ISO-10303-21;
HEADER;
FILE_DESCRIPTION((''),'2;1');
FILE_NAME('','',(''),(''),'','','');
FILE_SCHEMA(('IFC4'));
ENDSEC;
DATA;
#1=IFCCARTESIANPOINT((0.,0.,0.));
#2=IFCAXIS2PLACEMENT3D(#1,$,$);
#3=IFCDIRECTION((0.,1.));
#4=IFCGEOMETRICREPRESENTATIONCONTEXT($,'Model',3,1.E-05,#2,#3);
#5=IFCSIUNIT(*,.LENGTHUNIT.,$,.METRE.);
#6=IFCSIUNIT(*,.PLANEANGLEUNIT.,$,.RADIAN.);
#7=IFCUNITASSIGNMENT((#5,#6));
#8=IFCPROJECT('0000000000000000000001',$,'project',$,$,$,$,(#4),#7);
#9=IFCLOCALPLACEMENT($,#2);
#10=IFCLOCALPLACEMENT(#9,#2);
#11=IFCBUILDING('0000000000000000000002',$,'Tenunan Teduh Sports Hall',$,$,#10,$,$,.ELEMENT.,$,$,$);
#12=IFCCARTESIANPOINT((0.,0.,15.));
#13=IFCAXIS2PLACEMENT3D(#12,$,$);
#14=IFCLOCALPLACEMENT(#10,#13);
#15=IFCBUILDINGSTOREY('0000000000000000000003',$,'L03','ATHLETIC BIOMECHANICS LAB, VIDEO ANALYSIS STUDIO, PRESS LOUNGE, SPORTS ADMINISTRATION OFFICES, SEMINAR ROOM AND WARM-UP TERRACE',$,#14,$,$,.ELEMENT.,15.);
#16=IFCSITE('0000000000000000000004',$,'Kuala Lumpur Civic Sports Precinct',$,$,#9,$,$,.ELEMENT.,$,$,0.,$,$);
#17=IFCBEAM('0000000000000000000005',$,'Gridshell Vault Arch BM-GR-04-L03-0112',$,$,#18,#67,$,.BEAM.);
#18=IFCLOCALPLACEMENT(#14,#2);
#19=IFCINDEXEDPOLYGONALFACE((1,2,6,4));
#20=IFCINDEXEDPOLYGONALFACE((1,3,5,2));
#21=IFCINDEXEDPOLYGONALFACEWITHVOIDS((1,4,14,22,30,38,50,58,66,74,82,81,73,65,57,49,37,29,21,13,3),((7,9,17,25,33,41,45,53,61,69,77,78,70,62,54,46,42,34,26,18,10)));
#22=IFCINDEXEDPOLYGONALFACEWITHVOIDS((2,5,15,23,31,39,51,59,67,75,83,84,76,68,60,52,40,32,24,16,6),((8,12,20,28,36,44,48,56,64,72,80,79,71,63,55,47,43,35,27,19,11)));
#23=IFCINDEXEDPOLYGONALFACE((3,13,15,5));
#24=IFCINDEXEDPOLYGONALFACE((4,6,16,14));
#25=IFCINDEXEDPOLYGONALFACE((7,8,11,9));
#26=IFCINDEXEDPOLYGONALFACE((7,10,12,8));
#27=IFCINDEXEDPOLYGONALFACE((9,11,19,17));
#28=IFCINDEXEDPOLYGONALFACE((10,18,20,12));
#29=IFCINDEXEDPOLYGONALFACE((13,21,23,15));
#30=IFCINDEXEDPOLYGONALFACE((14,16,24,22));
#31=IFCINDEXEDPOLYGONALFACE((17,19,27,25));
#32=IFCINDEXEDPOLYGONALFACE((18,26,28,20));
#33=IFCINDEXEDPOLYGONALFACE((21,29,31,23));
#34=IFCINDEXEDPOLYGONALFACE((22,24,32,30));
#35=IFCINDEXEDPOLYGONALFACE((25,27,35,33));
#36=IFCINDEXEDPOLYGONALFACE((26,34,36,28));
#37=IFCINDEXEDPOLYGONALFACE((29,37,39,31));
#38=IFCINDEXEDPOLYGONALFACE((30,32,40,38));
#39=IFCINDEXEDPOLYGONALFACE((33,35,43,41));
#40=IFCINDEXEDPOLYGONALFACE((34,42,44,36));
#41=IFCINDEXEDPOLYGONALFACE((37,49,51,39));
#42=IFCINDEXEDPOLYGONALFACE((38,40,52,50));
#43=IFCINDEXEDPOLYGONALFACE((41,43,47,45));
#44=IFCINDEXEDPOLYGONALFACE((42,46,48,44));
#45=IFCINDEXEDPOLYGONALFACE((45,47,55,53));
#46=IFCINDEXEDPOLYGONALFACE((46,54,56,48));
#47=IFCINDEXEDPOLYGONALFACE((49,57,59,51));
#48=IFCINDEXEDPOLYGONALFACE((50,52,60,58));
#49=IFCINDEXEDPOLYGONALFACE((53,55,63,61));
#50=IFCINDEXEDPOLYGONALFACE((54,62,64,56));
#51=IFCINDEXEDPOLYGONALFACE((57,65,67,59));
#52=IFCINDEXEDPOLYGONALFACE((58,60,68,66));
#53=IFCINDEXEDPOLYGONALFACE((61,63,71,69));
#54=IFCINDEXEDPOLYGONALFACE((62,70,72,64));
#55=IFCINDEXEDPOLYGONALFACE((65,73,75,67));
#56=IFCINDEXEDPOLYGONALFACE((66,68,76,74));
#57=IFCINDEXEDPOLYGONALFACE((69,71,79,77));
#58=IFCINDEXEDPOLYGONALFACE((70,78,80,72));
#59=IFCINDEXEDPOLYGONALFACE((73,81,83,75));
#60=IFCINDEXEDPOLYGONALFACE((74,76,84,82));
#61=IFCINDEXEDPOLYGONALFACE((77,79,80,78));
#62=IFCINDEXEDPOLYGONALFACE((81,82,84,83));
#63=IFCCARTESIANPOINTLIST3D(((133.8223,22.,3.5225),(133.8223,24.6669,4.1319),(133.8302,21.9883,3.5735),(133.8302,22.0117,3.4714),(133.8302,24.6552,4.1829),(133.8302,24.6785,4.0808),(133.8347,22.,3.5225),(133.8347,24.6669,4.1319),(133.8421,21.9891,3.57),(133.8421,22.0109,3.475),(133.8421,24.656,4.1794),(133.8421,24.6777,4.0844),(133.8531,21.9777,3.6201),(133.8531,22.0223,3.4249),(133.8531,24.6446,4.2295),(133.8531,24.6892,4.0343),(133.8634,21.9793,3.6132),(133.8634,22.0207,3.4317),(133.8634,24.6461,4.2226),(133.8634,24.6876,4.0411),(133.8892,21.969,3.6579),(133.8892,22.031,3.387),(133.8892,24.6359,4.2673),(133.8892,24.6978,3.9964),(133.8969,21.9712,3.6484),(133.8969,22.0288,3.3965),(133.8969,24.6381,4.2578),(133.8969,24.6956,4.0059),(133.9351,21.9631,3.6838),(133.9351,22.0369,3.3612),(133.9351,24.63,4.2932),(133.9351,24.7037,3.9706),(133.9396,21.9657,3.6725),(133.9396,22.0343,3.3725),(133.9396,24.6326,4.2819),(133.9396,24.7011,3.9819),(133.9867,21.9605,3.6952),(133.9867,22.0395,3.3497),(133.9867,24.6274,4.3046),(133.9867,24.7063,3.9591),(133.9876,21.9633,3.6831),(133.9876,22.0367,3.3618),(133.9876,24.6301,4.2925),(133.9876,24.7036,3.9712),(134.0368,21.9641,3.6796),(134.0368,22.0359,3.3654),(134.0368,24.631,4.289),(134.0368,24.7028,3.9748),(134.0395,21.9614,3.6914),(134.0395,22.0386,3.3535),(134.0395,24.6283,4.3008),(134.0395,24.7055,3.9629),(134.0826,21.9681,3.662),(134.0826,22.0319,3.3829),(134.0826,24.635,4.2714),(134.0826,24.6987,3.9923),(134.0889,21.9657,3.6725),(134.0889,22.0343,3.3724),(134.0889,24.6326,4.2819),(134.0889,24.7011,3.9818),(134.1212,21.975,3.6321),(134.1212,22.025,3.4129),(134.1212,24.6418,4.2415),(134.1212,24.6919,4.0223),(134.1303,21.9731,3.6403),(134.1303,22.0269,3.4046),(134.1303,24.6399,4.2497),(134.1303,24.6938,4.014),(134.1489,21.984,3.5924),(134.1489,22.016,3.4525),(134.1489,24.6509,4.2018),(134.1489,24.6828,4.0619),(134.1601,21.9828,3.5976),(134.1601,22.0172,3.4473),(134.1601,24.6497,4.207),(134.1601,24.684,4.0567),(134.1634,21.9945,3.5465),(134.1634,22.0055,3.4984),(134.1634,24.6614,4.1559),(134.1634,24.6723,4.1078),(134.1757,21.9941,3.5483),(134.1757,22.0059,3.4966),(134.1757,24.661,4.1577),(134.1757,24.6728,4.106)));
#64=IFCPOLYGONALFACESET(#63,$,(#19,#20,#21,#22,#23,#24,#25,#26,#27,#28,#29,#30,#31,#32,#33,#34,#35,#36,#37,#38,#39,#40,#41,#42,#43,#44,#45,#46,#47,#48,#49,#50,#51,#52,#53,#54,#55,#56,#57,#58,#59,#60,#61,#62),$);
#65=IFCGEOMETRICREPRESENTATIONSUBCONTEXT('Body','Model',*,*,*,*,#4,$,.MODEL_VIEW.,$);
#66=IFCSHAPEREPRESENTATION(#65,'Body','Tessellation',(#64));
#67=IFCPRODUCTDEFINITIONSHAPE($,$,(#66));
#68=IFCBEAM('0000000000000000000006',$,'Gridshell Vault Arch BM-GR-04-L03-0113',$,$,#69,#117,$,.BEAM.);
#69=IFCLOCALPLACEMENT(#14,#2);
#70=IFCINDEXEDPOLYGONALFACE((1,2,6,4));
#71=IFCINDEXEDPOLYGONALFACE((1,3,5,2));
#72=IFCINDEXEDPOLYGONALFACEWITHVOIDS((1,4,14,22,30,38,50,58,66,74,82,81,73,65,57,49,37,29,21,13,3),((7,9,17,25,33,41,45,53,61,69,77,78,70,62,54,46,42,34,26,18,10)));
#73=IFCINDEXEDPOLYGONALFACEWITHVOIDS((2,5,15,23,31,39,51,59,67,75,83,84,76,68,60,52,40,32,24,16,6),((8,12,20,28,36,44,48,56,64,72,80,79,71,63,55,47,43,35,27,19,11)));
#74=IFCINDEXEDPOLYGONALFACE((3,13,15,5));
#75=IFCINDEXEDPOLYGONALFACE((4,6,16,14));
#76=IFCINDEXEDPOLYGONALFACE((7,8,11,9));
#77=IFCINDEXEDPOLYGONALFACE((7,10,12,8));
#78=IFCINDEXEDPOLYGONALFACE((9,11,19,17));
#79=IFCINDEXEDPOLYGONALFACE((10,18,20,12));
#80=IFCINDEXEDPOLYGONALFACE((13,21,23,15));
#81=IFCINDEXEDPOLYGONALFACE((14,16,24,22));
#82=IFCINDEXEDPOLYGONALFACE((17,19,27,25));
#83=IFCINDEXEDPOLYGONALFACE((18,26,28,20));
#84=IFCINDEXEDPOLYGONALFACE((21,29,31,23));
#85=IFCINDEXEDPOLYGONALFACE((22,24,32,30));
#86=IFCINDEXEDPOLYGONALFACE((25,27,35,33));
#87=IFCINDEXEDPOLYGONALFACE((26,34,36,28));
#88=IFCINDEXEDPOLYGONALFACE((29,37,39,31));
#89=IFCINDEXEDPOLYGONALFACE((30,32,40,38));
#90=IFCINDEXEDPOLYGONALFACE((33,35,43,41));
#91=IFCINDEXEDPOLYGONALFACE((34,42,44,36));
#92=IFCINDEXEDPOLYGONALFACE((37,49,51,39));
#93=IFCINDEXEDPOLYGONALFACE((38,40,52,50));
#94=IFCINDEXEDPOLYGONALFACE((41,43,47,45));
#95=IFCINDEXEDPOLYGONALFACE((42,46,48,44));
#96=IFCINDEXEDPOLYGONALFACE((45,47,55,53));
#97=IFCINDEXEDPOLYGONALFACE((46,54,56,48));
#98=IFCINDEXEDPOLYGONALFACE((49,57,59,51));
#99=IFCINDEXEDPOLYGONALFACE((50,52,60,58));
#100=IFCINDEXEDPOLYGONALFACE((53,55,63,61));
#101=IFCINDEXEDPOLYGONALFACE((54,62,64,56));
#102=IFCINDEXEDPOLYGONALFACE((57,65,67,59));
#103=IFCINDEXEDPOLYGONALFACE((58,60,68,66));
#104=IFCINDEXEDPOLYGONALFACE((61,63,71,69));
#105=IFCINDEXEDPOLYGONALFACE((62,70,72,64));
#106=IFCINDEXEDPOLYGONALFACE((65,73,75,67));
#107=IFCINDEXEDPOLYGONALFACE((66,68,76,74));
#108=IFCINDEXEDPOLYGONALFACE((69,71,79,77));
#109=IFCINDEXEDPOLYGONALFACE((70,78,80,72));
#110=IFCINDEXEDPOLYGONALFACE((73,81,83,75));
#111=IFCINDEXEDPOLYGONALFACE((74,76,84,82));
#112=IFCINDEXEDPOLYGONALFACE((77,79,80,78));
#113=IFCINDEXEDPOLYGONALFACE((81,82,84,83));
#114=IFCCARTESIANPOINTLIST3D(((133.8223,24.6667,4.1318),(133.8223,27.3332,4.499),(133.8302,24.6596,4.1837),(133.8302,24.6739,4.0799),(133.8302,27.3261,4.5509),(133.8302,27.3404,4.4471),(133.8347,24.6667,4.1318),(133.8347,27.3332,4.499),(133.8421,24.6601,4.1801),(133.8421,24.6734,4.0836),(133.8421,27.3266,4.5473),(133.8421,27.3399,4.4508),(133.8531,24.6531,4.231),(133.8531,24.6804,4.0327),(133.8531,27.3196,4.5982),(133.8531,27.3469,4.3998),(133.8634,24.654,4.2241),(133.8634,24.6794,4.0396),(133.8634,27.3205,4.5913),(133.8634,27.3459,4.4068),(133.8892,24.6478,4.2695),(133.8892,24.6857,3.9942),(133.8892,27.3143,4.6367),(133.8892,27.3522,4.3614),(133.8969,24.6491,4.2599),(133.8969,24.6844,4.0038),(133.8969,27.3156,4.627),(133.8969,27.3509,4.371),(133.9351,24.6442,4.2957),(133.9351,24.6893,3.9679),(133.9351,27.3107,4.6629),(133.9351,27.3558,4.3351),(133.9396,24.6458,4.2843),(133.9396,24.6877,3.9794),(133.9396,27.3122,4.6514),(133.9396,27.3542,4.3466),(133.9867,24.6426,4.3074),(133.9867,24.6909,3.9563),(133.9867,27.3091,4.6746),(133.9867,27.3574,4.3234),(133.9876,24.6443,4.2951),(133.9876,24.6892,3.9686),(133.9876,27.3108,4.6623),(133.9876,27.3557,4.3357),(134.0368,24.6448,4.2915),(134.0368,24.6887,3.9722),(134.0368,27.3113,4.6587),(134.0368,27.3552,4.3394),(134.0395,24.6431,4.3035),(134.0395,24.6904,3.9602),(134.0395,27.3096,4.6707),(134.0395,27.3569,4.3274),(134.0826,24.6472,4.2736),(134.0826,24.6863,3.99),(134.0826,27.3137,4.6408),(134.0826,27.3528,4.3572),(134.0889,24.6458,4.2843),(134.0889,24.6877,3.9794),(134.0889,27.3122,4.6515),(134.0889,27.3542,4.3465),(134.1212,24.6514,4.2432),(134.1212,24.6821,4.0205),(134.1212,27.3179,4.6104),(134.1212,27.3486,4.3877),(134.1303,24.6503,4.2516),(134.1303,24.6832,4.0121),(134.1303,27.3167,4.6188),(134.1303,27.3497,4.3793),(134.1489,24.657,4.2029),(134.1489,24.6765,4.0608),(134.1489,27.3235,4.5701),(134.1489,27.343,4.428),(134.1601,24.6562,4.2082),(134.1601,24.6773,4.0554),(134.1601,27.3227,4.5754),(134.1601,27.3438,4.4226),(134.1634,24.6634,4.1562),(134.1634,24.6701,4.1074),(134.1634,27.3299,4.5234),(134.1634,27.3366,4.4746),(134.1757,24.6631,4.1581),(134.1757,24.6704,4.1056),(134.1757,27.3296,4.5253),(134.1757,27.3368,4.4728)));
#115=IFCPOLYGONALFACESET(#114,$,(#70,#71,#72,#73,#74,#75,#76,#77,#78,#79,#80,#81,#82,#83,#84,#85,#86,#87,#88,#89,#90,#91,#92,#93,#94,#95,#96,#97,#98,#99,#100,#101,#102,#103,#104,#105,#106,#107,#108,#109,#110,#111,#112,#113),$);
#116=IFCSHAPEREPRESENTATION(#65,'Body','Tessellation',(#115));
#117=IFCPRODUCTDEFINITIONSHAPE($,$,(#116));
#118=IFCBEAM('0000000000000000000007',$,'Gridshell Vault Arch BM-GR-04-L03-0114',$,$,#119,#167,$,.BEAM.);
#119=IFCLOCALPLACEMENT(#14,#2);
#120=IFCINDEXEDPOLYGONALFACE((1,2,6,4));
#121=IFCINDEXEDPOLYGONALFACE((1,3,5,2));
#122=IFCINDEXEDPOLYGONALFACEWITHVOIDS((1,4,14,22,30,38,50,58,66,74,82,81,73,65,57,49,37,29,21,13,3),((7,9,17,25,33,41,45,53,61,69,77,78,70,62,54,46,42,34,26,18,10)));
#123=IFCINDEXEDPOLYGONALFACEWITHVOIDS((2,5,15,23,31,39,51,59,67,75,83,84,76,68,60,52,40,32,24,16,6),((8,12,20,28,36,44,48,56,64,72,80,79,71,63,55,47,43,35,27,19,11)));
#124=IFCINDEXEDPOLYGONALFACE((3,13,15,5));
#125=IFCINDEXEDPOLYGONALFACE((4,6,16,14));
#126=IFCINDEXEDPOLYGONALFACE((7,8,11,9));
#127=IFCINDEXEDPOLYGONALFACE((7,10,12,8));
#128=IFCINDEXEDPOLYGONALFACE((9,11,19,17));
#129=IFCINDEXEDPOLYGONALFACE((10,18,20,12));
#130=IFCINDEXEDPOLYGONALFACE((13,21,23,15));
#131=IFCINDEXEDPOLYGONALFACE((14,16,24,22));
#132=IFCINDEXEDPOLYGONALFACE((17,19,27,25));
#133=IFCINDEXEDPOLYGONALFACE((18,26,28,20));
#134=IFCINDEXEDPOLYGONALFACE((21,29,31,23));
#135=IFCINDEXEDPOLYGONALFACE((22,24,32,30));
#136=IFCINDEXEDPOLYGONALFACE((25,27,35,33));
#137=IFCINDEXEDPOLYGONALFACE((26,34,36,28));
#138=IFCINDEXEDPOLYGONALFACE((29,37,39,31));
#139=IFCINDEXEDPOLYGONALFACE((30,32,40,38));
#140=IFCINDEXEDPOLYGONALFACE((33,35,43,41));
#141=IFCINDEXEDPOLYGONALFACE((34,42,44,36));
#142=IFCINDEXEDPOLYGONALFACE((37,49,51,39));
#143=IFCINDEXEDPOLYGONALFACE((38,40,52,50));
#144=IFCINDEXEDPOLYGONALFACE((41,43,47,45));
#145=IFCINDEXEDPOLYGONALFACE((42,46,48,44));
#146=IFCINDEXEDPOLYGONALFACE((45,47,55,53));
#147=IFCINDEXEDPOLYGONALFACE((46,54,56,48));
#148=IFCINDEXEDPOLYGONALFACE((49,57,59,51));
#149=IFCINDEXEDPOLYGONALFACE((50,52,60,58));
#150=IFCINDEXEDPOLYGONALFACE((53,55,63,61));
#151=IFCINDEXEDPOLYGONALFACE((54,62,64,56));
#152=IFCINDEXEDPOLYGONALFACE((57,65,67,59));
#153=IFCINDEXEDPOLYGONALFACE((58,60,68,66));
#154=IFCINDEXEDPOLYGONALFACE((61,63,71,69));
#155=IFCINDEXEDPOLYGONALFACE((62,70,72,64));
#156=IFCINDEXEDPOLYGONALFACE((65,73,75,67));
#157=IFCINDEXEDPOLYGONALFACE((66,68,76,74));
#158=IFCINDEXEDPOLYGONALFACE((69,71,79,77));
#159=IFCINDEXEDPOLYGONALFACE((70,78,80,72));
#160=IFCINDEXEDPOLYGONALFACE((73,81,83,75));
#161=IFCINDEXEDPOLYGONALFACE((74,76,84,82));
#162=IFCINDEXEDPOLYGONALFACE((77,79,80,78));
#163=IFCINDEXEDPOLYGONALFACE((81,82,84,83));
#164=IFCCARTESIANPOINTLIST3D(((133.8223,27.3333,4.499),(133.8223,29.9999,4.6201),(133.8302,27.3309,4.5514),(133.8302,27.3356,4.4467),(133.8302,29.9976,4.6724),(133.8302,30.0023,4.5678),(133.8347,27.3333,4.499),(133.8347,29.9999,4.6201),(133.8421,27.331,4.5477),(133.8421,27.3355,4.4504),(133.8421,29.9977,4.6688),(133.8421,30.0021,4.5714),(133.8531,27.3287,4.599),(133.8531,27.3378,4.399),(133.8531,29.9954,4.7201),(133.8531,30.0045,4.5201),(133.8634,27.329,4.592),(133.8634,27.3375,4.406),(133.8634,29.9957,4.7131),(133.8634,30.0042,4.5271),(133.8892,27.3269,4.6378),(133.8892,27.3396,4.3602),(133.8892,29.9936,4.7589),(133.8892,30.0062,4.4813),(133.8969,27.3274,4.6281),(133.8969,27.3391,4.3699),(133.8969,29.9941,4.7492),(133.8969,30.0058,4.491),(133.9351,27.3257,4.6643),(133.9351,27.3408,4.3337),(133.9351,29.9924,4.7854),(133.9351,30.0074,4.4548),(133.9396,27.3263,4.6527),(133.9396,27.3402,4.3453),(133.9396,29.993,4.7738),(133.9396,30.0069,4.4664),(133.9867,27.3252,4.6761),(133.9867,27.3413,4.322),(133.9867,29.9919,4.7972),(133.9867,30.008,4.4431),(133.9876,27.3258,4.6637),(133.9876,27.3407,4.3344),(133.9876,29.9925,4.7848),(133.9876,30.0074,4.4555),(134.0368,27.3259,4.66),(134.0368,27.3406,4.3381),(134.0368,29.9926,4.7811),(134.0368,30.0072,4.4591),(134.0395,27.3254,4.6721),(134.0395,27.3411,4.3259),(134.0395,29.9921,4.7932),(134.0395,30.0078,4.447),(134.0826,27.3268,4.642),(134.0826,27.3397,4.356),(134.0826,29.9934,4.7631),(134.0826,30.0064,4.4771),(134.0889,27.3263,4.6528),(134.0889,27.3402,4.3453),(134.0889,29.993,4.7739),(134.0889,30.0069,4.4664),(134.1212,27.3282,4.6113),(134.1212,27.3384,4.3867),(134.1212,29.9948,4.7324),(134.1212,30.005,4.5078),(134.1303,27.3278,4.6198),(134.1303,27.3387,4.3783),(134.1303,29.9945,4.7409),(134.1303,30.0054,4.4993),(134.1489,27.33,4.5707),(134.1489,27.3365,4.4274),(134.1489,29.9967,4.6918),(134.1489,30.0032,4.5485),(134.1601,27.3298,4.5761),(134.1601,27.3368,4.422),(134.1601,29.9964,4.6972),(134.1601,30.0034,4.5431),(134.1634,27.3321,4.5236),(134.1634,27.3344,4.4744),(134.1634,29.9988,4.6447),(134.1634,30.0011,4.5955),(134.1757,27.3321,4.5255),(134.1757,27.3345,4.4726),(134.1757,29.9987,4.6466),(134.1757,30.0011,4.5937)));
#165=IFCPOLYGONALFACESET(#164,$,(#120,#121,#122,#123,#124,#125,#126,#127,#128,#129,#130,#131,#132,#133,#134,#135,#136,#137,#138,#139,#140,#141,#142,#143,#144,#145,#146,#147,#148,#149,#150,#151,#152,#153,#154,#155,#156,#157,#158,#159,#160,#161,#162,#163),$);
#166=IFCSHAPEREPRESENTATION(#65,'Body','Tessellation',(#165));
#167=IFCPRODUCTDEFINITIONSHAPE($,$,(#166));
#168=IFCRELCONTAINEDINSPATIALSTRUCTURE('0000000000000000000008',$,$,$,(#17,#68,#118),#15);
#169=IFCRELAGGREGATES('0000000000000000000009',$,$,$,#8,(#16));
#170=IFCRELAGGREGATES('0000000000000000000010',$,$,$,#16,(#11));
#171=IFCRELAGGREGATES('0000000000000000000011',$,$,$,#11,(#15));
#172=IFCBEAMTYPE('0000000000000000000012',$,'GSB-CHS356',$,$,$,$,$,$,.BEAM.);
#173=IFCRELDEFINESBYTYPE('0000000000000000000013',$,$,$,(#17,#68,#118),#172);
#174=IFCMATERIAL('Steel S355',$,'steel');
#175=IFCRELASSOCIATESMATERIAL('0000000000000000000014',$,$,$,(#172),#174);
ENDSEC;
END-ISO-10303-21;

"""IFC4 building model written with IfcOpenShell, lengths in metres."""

from ifc_helpers import new_model, si_unit, direction, frame, origin, origin_2d, place, context, subcontext, project, spatial, hollow_circle, extrude, material, material_profile, profile_set, type_object, element, save


model = new_model("IFC4")

# Units and contexts
model_context = context("Model", 3, precision=1e-05, world=origin(), true_north=direction((0.0, 1.0)))
body_context = subcontext(model_context, "Body", "Model", "MODEL_VIEW")
ifc_project = project(units=[si_unit("LENGTHUNIT", "METRE"), si_unit("PLANEANGLEUNIT", "RADIAN")], contexts=[model_context])

# Site, building, storey
site_placement = place(None, origin())
site = spatial("IfcSite", under=ifc_project, at=site_placement, Name="Kuala Lumpur Civic Sports Precinct", CompositionType="ELEMENT", RefElevation=0.0)
building_placement = place(site_placement, origin())
building = spatial("IfcBuilding", under=site, at=building_placement, Name="Tenunan Teduh Sports Hall", CompositionType="ELEMENT")
storey_placement = place(building_placement, frame((0.0, 0.0, 15.0)))
storey = spatial("IfcBuildingStorey", under=building, at=storey_placement, Name="L03", Description="ATHLETIC BIOMECHANICS LAB, VIDEO ANALYSIS STUDIO, PRESS LOUNGE, SPORTS ADMINISTRATION OFFICES, SEMINAR ROOM AND WARM-UP TERRACE", CompositionType="ELEMENT", Elevation=15.0)

# Beams
ifc_material_1 = material(Name="Steel S355", Category="steel")
ifc_material_profile_1 = material_profile(ifc_material_1, hollow_circle(Radius=0.1777, WallThickness=0.0125, at=origin_2d()), Name="CHS 355.6x12.5")
ifc_profile_set_1 = profile_set([ifc_material_profile_1], Name="Steel S355")
beam_type_1 = type_object("IfcBeamType", Name="GSB-CHS356", PredefinedType="BEAM", material=ifc_profile_set_1)
beam_1_placement = place(storey_placement, frame((134.0, 22.0, 3.5225), z_axis=(0.0, 0.974872, 0.222767), x_axis=(-1.0, 0.0, 0.0)))
element("IfcBeam", 1, at=beam_1_placement, inside=storey, type_object=beam_type_1, Name="Gridshell Vault Arch BM-GR-04-L03-0112", PredefinedType="BEAM", context=body_context, shape_type="SweptSolid", body=[
    extrude(hollow_circle(Radius=0.1777, WallThickness=0.0125, at=origin_2d()), origin(), (0.0, 0.0, 1.0), 2.7356),
])
beam_2_placement = place(storey_placement, frame((134.0, 24.6667, 4.1318), z_axis=(0.0, 0.990652, 0.136416), x_axis=(-1.0, 0.0, 0.0)))
element("IfcBeam", 2, at=beam_2_placement, inside=storey, type_object=beam_type_1, Name="Gridshell Vault Arch BM-GR-04-L03-0113", PredefinedType="BEAM", context=body_context, shape_type="SweptSolid", body=[
    extrude(hollow_circle(Radius=0.1777, WallThickness=0.0125, at=origin_2d()), origin(), (0.0, 0.0, 1.0), 2.6917),
])
beam_3_placement = place(storey_placement, frame((134.0, 27.3333, 4.499), z_axis=(0.0, 0.998971, 0.045362), x_axis=(-1.0, 0.0, 0.0)))
element("IfcBeam", 3, at=beam_3_placement, inside=storey, type_object=beam_type_1, Name="Gridshell Vault Arch BM-GR-04-L03-0114", PredefinedType="BEAM", context=body_context, shape_type="SweptSolid", body=[
    extrude(hollow_circle(Radius=0.1777, WallThickness=0.0125, at=origin_2d()), origin(), (0.0, 0.0, 1.0), 2.6694),
])

save(model, "model.ifc")
